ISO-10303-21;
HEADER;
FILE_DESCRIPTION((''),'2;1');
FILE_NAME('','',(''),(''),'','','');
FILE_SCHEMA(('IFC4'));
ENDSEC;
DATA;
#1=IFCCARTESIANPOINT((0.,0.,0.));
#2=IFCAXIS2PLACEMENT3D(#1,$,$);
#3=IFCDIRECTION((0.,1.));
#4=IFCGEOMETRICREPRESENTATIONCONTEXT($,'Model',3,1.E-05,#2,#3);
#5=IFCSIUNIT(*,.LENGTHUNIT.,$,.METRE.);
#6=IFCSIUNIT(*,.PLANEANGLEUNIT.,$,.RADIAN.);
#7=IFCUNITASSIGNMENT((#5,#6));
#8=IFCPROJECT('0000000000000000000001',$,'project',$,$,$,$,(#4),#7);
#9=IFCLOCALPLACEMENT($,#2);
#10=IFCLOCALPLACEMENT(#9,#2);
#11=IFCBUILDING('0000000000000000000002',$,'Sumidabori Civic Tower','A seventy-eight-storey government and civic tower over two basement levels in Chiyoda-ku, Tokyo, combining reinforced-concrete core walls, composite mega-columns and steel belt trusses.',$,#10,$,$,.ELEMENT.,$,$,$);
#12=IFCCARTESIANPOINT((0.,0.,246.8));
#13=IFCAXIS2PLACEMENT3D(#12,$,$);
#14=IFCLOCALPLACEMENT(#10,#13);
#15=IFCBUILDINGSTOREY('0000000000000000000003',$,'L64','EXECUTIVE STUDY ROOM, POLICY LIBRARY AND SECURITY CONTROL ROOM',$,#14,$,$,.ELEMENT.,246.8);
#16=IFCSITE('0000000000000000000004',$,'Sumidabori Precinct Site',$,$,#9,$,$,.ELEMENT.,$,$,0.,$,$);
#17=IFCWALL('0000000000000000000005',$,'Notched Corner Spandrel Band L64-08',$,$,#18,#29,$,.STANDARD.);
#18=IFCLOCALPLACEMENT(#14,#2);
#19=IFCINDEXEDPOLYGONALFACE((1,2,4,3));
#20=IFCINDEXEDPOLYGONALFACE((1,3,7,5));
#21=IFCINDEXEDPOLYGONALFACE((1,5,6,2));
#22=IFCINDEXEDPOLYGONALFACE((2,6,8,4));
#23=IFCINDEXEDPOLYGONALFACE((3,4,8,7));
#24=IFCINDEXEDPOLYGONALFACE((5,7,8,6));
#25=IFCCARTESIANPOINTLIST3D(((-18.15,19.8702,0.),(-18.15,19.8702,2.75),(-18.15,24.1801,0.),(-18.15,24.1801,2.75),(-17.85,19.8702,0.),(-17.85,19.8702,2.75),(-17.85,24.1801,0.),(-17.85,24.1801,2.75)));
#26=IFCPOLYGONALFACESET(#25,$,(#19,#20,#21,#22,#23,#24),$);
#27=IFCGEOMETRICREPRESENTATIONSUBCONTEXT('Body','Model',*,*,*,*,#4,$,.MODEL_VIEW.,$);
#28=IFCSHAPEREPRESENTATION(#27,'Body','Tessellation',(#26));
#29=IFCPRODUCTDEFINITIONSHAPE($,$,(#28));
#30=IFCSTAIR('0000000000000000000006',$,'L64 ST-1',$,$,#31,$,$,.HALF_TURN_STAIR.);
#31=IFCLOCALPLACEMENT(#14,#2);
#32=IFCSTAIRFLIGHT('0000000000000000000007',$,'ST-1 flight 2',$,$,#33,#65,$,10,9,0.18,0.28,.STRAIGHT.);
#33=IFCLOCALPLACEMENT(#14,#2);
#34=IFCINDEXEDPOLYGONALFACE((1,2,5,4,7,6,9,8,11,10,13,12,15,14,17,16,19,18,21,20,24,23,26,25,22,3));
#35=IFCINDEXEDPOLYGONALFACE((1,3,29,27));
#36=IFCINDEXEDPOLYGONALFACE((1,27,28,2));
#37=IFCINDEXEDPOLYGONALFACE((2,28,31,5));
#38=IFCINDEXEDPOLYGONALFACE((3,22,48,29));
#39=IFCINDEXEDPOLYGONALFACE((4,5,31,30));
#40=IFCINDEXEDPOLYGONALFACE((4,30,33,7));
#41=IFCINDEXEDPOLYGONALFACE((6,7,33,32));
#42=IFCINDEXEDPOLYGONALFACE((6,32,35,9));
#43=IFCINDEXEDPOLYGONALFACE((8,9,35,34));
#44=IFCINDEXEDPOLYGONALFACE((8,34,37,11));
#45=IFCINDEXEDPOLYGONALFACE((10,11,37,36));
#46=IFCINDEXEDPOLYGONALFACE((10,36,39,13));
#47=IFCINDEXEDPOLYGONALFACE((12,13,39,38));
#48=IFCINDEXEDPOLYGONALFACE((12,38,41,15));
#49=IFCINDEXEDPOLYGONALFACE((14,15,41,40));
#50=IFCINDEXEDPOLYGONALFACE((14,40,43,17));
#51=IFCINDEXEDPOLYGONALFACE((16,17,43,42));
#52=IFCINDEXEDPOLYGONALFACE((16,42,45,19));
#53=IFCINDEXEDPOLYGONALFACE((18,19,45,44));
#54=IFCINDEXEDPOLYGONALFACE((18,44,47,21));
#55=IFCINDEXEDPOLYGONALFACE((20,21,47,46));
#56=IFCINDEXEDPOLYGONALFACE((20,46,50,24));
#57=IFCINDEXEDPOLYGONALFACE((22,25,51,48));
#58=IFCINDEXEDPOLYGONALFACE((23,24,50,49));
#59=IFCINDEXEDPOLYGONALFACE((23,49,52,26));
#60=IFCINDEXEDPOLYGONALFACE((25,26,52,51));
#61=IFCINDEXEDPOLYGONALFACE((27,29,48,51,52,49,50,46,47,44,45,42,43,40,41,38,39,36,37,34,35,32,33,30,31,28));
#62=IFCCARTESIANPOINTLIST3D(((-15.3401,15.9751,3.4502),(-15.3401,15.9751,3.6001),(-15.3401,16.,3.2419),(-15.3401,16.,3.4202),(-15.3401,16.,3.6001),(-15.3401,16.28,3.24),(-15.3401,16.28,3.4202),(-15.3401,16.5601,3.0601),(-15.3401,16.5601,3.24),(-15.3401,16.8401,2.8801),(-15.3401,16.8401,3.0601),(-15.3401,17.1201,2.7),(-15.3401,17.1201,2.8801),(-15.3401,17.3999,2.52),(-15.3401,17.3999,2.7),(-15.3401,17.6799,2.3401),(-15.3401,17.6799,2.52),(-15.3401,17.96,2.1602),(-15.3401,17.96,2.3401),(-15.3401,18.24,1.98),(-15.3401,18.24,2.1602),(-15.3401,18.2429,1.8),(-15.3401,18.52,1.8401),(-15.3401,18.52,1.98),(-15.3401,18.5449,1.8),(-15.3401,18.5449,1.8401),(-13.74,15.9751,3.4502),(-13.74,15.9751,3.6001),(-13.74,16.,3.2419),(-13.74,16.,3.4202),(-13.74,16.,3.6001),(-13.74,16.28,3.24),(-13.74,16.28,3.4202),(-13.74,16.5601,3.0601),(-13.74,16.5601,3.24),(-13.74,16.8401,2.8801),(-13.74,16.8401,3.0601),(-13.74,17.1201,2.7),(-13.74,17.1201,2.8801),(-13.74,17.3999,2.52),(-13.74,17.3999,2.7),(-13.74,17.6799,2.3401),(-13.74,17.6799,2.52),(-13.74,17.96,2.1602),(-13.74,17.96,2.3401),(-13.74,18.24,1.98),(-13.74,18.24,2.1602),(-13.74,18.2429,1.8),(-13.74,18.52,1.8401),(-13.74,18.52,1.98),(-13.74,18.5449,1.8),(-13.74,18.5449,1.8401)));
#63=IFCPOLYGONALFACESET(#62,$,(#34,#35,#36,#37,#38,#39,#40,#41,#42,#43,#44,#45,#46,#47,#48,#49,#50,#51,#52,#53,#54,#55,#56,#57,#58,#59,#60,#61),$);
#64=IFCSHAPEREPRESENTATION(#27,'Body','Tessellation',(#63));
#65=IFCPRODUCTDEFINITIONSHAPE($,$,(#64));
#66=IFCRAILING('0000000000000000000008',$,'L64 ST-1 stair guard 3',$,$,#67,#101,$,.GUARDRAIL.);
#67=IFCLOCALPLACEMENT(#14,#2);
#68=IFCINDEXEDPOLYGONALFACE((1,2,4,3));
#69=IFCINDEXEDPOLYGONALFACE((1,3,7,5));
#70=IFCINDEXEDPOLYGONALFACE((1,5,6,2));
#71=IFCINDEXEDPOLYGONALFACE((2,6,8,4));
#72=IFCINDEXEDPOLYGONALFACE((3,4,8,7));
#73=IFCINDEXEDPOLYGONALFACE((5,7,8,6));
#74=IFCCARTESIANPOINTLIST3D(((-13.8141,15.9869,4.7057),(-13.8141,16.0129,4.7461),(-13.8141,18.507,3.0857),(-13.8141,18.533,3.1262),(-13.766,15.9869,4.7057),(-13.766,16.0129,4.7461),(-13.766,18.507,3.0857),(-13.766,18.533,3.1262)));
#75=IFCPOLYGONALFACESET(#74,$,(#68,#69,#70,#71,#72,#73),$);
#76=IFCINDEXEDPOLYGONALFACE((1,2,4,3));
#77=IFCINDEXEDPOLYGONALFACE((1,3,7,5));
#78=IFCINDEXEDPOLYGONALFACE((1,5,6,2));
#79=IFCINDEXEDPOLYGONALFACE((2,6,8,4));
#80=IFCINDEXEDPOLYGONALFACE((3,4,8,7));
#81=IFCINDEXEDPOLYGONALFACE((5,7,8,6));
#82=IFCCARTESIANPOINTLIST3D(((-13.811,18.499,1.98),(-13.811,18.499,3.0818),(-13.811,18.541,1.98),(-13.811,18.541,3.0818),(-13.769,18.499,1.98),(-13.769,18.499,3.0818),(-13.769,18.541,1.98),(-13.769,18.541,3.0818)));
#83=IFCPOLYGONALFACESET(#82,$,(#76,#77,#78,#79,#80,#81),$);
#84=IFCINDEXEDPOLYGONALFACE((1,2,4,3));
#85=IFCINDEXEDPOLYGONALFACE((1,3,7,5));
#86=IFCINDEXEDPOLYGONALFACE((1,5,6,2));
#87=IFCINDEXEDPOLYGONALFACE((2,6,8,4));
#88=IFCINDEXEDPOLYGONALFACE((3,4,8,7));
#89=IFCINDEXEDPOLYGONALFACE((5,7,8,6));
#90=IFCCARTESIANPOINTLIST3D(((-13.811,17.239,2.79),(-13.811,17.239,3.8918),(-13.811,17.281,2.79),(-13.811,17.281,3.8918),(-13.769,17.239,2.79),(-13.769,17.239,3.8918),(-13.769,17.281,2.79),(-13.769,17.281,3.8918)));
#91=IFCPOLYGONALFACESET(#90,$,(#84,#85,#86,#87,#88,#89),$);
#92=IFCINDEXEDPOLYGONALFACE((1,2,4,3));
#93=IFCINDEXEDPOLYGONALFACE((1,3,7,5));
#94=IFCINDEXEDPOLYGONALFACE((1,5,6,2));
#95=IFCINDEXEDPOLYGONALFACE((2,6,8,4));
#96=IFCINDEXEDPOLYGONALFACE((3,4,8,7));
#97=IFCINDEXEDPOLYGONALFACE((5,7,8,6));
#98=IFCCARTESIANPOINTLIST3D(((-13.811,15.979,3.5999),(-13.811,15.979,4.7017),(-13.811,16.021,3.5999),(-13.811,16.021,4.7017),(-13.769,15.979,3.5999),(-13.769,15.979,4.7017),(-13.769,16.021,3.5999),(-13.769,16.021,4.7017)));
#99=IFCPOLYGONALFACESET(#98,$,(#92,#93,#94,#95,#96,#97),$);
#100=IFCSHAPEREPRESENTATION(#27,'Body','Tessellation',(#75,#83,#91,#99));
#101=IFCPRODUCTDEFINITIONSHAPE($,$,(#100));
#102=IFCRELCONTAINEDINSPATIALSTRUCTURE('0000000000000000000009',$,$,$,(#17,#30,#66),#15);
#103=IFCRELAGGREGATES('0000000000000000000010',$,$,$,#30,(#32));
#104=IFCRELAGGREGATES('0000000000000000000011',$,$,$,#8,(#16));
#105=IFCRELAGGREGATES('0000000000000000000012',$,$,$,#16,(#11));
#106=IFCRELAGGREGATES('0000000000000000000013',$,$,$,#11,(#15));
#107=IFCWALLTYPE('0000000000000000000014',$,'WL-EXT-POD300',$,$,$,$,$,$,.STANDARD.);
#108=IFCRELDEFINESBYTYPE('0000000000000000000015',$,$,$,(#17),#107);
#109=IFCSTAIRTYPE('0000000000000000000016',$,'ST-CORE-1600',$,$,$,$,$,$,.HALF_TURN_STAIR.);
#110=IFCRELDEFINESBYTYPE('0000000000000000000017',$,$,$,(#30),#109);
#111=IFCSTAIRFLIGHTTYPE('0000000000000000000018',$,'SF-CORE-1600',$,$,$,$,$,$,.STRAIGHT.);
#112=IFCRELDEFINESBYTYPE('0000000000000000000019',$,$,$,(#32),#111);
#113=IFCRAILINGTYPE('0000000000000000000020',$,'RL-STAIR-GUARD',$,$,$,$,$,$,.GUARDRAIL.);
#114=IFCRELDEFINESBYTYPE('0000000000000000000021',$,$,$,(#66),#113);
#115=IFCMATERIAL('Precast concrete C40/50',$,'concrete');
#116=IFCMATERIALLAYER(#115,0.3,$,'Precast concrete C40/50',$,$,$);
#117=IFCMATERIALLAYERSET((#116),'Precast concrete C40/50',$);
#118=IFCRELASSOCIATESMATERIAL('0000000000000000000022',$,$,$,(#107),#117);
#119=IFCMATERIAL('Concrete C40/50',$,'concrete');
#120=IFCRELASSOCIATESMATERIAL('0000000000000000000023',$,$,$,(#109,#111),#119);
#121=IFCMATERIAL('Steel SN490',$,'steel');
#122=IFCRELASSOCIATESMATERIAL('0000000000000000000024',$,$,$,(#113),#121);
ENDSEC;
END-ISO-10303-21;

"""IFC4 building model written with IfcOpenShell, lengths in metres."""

from ifc_helpers import new_model, si_unit, direction, frame, frame_2d, origin, origin_2d, place, context, subcontext, project, spatial, polyline, rectangle, outline, extrude, source, transform, mapped, material, layer, layer_set, type_object, element, aggregate, save


model = new_model("IFC4")

# Units and contexts
model_context = context("Model", 3, precision=1e-05, world=origin(), true_north=direction((0.0, 1.0)))
body_context = subcontext(model_context, "Body", "Model", "MODEL_VIEW")
ifc_project = project(units=[si_unit("LENGTHUNIT", "METRE"), si_unit("PLANEANGLEUNIT", "RADIAN")], contexts=[model_context])

# Site, building, storey
site_placement = place(None, origin())
site = spatial("IfcSite", under=ifc_project, at=site_placement, Name="Sumidabori Precinct Site", CompositionType="ELEMENT", RefElevation=0.0)
building_placement = place(site_placement, origin())
building = spatial("IfcBuilding", under=site, at=building_placement, Name="Sumidabori Civic Tower", Description="A seventy-eight-storey government and civic tower over two basement levels in Chiyoda-ku, Tokyo, combining reinforced-concrete core walls, composite mega-columns and steel belt trusses.", CompositionType="ELEMENT")
storey_placement = place(building_placement, frame((0.0, 0.0, 246.8)))
storey = spatial("IfcBuildingStorey", under=building, at=storey_placement, Name="L64", Description="EXECUTIVE STUDY ROOM, POLICY LIBRARY AND SECURITY CONTROL ROOM", CompositionType="ELEMENT", Elevation=246.8)

# Shared definitions
ifc_material_1 = material(Name="Steel SN490", Category="steel")

# Wall
ifc_material_2 = material(Name="Precast concrete C40/50", Category="concrete")
ifc_layer_1 = layer(ifc_material_2, 0.3, Name="Precast concrete C40/50")
ifc_layer_set_1 = layer_set([ifc_layer_1], Name="Precast concrete C40/50")
wall_type_1 = type_object("IfcWallType", Name="WL-EXT-POD300", PredefinedType="STANDARD", material=ifc_layer_set_1)
shared_shape_1 = source(origin(), body_context, "Body", "SweptSolid", [
    extrude(rectangle(XDim=4.3098, YDim=0.3, at=frame_2d((2.1548, 0.0))), origin(), (0.0, 0.0, 1.0), 2.75),
])
wall_1_placement = place(storey_placement, frame((-18.0, 24.1799, 0.0), z_axis=(0.0, 0.0, 1.0), x_axis=(0.0, -1.0, 0.0)))
element("IfcWall", 1, at=wall_1_placement, inside=storey, type_object=wall_type_1, Name="Notched Corner Spandrel Band L64-08", PredefinedType="STANDARD", context=body_context, shape_type="MappedRepresentation", body=[
    mapped(shared_shape_1, transform((0.0, 0.0, 0.0), x_axis=(1.0, 0.0, 0.0), y_axis=(0.0, 1.0, 0.0), z_axis=(0.0, 0.0, 1.0), scale=1.0)),
])

# Stair, stair flight
ifc_material_3 = material(Name="Concrete C40/50", Category="concrete")
stair_type = type_object("IfcStairType", Name="ST-CORE-1600", PredefinedType="HALF_TURN_STAIR", material=ifc_material_3)
stair_placement = place(storey_placement, origin())
stair = element("IfcStair", 2, at=stair_placement, inside=storey, type_object=stair_type, Name="L64 ST-1", PredefinedType="HALF_TURN_STAIR")
stair_flight_type = type_object("IfcStairFlightType", Name="SF-CORE-1600", PredefinedType="STRAIGHT", material=ifc_material_3)
shared_shape_2 = source(origin(), body_context, "Body", "SweptSolid", [
    extrude(outline(polyline([(-0.0249, 0.0), (-0.0249, 0.04), (0.0, 0.04), (0.0, 0.1799), (0.28, 0.1799), (0.28, 0.3601), (0.5601, 0.3601), (0.5601, 0.54), (0.8401, 0.54), (0.8401, 0.72), (1.1201, 0.72), (1.1201, 0.8999), (1.3999, 0.8999), (1.3999, 1.0801), (1.6799, 1.0801), (1.6799, 1.26), (1.96, 1.26), (1.96, 1.4399), (2.24, 1.4399), (2.24, 1.6201), (2.52, 1.6201), (2.52, 1.8), (2.5449, 1.8), (2.5449, 1.6501), (2.52, 1.4419), (0.2771, 0.0), (-0.0249, 0.0)])), frame((0.0, 0.8, 0.0), z_axis=(0.0, -1.0, 0.0), x_axis=(1.0, 0.0, 0.0)), (0.0, 0.0, 1.0), 1.6001),
])
stair_flight_placement = place(storey_placement, frame((-14.54, 18.52, 1.8), z_axis=(0.0, 0.0, 1.0), x_axis=(0.0, -1.0, 0.0)))
stair_flight = element("IfcStairFlight", 3, at=stair_flight_placement, type_object=stair_flight_type, Name="ST-1 flight 2", NumberOfRisers=10, NumberOfTreads=9, PredefinedType="STRAIGHT", RiserHeight=0.18, TreadLength=0.28, context=body_context, shape_type="MappedRepresentation", body=[
    mapped(shared_shape_2, transform((0.0, 0.0, 0.0), x_axis=(1.0, 0.0, 0.0), y_axis=(0.0, 1.0, 0.0), z_axis=(0.0, 0.0, 1.0), scale=1.0)),
])
aggregate(stair, [stair_flight])

# Railing
railing_type = type_object("IfcRailingType", Name="RL-STAIR-GUARD", PredefinedType="GUARDRAIL", material=ifc_material_1)
railing_placement = place(storey_placement, frame((-13.79, 18.52, 1.98)))
element("IfcRailing", 4, at=railing_placement, inside=storey, type_object=railing_type, Name="L64 ST-1 stair guard 3", PredefinedType="GUARDRAIL", context=body_context, shape_type="SweptSolid", body=[
    extrude(rectangle(XDim=0.0481, YDim=0.0481, at=origin_2d()), frame((0.0, 0.0, 1.126), z_axis=(0.0, -0.8412, 0.540725), x_axis=(1.0, 0.0, 0.0)), (0.0, 0.0, 1.0), 2.9958),
    extrude(rectangle(XDim=0.042, YDim=0.042, at=origin_2d()), origin(), (0.0, 0.0, 1.0), 1.1018),
    extrude(rectangle(XDim=0.042, YDim=0.042, at=origin_2d()), frame((0.0, -1.26, 0.8101)), (0.0, 0.0, 1.0), 1.1018),
    extrude(rectangle(XDim=0.042, YDim=0.042, at=origin_2d()), frame((0.0, -2.52, 1.6199)), (0.0, 0.0, 1.0), 1.1018),
])

save(model, "model.ifc")
